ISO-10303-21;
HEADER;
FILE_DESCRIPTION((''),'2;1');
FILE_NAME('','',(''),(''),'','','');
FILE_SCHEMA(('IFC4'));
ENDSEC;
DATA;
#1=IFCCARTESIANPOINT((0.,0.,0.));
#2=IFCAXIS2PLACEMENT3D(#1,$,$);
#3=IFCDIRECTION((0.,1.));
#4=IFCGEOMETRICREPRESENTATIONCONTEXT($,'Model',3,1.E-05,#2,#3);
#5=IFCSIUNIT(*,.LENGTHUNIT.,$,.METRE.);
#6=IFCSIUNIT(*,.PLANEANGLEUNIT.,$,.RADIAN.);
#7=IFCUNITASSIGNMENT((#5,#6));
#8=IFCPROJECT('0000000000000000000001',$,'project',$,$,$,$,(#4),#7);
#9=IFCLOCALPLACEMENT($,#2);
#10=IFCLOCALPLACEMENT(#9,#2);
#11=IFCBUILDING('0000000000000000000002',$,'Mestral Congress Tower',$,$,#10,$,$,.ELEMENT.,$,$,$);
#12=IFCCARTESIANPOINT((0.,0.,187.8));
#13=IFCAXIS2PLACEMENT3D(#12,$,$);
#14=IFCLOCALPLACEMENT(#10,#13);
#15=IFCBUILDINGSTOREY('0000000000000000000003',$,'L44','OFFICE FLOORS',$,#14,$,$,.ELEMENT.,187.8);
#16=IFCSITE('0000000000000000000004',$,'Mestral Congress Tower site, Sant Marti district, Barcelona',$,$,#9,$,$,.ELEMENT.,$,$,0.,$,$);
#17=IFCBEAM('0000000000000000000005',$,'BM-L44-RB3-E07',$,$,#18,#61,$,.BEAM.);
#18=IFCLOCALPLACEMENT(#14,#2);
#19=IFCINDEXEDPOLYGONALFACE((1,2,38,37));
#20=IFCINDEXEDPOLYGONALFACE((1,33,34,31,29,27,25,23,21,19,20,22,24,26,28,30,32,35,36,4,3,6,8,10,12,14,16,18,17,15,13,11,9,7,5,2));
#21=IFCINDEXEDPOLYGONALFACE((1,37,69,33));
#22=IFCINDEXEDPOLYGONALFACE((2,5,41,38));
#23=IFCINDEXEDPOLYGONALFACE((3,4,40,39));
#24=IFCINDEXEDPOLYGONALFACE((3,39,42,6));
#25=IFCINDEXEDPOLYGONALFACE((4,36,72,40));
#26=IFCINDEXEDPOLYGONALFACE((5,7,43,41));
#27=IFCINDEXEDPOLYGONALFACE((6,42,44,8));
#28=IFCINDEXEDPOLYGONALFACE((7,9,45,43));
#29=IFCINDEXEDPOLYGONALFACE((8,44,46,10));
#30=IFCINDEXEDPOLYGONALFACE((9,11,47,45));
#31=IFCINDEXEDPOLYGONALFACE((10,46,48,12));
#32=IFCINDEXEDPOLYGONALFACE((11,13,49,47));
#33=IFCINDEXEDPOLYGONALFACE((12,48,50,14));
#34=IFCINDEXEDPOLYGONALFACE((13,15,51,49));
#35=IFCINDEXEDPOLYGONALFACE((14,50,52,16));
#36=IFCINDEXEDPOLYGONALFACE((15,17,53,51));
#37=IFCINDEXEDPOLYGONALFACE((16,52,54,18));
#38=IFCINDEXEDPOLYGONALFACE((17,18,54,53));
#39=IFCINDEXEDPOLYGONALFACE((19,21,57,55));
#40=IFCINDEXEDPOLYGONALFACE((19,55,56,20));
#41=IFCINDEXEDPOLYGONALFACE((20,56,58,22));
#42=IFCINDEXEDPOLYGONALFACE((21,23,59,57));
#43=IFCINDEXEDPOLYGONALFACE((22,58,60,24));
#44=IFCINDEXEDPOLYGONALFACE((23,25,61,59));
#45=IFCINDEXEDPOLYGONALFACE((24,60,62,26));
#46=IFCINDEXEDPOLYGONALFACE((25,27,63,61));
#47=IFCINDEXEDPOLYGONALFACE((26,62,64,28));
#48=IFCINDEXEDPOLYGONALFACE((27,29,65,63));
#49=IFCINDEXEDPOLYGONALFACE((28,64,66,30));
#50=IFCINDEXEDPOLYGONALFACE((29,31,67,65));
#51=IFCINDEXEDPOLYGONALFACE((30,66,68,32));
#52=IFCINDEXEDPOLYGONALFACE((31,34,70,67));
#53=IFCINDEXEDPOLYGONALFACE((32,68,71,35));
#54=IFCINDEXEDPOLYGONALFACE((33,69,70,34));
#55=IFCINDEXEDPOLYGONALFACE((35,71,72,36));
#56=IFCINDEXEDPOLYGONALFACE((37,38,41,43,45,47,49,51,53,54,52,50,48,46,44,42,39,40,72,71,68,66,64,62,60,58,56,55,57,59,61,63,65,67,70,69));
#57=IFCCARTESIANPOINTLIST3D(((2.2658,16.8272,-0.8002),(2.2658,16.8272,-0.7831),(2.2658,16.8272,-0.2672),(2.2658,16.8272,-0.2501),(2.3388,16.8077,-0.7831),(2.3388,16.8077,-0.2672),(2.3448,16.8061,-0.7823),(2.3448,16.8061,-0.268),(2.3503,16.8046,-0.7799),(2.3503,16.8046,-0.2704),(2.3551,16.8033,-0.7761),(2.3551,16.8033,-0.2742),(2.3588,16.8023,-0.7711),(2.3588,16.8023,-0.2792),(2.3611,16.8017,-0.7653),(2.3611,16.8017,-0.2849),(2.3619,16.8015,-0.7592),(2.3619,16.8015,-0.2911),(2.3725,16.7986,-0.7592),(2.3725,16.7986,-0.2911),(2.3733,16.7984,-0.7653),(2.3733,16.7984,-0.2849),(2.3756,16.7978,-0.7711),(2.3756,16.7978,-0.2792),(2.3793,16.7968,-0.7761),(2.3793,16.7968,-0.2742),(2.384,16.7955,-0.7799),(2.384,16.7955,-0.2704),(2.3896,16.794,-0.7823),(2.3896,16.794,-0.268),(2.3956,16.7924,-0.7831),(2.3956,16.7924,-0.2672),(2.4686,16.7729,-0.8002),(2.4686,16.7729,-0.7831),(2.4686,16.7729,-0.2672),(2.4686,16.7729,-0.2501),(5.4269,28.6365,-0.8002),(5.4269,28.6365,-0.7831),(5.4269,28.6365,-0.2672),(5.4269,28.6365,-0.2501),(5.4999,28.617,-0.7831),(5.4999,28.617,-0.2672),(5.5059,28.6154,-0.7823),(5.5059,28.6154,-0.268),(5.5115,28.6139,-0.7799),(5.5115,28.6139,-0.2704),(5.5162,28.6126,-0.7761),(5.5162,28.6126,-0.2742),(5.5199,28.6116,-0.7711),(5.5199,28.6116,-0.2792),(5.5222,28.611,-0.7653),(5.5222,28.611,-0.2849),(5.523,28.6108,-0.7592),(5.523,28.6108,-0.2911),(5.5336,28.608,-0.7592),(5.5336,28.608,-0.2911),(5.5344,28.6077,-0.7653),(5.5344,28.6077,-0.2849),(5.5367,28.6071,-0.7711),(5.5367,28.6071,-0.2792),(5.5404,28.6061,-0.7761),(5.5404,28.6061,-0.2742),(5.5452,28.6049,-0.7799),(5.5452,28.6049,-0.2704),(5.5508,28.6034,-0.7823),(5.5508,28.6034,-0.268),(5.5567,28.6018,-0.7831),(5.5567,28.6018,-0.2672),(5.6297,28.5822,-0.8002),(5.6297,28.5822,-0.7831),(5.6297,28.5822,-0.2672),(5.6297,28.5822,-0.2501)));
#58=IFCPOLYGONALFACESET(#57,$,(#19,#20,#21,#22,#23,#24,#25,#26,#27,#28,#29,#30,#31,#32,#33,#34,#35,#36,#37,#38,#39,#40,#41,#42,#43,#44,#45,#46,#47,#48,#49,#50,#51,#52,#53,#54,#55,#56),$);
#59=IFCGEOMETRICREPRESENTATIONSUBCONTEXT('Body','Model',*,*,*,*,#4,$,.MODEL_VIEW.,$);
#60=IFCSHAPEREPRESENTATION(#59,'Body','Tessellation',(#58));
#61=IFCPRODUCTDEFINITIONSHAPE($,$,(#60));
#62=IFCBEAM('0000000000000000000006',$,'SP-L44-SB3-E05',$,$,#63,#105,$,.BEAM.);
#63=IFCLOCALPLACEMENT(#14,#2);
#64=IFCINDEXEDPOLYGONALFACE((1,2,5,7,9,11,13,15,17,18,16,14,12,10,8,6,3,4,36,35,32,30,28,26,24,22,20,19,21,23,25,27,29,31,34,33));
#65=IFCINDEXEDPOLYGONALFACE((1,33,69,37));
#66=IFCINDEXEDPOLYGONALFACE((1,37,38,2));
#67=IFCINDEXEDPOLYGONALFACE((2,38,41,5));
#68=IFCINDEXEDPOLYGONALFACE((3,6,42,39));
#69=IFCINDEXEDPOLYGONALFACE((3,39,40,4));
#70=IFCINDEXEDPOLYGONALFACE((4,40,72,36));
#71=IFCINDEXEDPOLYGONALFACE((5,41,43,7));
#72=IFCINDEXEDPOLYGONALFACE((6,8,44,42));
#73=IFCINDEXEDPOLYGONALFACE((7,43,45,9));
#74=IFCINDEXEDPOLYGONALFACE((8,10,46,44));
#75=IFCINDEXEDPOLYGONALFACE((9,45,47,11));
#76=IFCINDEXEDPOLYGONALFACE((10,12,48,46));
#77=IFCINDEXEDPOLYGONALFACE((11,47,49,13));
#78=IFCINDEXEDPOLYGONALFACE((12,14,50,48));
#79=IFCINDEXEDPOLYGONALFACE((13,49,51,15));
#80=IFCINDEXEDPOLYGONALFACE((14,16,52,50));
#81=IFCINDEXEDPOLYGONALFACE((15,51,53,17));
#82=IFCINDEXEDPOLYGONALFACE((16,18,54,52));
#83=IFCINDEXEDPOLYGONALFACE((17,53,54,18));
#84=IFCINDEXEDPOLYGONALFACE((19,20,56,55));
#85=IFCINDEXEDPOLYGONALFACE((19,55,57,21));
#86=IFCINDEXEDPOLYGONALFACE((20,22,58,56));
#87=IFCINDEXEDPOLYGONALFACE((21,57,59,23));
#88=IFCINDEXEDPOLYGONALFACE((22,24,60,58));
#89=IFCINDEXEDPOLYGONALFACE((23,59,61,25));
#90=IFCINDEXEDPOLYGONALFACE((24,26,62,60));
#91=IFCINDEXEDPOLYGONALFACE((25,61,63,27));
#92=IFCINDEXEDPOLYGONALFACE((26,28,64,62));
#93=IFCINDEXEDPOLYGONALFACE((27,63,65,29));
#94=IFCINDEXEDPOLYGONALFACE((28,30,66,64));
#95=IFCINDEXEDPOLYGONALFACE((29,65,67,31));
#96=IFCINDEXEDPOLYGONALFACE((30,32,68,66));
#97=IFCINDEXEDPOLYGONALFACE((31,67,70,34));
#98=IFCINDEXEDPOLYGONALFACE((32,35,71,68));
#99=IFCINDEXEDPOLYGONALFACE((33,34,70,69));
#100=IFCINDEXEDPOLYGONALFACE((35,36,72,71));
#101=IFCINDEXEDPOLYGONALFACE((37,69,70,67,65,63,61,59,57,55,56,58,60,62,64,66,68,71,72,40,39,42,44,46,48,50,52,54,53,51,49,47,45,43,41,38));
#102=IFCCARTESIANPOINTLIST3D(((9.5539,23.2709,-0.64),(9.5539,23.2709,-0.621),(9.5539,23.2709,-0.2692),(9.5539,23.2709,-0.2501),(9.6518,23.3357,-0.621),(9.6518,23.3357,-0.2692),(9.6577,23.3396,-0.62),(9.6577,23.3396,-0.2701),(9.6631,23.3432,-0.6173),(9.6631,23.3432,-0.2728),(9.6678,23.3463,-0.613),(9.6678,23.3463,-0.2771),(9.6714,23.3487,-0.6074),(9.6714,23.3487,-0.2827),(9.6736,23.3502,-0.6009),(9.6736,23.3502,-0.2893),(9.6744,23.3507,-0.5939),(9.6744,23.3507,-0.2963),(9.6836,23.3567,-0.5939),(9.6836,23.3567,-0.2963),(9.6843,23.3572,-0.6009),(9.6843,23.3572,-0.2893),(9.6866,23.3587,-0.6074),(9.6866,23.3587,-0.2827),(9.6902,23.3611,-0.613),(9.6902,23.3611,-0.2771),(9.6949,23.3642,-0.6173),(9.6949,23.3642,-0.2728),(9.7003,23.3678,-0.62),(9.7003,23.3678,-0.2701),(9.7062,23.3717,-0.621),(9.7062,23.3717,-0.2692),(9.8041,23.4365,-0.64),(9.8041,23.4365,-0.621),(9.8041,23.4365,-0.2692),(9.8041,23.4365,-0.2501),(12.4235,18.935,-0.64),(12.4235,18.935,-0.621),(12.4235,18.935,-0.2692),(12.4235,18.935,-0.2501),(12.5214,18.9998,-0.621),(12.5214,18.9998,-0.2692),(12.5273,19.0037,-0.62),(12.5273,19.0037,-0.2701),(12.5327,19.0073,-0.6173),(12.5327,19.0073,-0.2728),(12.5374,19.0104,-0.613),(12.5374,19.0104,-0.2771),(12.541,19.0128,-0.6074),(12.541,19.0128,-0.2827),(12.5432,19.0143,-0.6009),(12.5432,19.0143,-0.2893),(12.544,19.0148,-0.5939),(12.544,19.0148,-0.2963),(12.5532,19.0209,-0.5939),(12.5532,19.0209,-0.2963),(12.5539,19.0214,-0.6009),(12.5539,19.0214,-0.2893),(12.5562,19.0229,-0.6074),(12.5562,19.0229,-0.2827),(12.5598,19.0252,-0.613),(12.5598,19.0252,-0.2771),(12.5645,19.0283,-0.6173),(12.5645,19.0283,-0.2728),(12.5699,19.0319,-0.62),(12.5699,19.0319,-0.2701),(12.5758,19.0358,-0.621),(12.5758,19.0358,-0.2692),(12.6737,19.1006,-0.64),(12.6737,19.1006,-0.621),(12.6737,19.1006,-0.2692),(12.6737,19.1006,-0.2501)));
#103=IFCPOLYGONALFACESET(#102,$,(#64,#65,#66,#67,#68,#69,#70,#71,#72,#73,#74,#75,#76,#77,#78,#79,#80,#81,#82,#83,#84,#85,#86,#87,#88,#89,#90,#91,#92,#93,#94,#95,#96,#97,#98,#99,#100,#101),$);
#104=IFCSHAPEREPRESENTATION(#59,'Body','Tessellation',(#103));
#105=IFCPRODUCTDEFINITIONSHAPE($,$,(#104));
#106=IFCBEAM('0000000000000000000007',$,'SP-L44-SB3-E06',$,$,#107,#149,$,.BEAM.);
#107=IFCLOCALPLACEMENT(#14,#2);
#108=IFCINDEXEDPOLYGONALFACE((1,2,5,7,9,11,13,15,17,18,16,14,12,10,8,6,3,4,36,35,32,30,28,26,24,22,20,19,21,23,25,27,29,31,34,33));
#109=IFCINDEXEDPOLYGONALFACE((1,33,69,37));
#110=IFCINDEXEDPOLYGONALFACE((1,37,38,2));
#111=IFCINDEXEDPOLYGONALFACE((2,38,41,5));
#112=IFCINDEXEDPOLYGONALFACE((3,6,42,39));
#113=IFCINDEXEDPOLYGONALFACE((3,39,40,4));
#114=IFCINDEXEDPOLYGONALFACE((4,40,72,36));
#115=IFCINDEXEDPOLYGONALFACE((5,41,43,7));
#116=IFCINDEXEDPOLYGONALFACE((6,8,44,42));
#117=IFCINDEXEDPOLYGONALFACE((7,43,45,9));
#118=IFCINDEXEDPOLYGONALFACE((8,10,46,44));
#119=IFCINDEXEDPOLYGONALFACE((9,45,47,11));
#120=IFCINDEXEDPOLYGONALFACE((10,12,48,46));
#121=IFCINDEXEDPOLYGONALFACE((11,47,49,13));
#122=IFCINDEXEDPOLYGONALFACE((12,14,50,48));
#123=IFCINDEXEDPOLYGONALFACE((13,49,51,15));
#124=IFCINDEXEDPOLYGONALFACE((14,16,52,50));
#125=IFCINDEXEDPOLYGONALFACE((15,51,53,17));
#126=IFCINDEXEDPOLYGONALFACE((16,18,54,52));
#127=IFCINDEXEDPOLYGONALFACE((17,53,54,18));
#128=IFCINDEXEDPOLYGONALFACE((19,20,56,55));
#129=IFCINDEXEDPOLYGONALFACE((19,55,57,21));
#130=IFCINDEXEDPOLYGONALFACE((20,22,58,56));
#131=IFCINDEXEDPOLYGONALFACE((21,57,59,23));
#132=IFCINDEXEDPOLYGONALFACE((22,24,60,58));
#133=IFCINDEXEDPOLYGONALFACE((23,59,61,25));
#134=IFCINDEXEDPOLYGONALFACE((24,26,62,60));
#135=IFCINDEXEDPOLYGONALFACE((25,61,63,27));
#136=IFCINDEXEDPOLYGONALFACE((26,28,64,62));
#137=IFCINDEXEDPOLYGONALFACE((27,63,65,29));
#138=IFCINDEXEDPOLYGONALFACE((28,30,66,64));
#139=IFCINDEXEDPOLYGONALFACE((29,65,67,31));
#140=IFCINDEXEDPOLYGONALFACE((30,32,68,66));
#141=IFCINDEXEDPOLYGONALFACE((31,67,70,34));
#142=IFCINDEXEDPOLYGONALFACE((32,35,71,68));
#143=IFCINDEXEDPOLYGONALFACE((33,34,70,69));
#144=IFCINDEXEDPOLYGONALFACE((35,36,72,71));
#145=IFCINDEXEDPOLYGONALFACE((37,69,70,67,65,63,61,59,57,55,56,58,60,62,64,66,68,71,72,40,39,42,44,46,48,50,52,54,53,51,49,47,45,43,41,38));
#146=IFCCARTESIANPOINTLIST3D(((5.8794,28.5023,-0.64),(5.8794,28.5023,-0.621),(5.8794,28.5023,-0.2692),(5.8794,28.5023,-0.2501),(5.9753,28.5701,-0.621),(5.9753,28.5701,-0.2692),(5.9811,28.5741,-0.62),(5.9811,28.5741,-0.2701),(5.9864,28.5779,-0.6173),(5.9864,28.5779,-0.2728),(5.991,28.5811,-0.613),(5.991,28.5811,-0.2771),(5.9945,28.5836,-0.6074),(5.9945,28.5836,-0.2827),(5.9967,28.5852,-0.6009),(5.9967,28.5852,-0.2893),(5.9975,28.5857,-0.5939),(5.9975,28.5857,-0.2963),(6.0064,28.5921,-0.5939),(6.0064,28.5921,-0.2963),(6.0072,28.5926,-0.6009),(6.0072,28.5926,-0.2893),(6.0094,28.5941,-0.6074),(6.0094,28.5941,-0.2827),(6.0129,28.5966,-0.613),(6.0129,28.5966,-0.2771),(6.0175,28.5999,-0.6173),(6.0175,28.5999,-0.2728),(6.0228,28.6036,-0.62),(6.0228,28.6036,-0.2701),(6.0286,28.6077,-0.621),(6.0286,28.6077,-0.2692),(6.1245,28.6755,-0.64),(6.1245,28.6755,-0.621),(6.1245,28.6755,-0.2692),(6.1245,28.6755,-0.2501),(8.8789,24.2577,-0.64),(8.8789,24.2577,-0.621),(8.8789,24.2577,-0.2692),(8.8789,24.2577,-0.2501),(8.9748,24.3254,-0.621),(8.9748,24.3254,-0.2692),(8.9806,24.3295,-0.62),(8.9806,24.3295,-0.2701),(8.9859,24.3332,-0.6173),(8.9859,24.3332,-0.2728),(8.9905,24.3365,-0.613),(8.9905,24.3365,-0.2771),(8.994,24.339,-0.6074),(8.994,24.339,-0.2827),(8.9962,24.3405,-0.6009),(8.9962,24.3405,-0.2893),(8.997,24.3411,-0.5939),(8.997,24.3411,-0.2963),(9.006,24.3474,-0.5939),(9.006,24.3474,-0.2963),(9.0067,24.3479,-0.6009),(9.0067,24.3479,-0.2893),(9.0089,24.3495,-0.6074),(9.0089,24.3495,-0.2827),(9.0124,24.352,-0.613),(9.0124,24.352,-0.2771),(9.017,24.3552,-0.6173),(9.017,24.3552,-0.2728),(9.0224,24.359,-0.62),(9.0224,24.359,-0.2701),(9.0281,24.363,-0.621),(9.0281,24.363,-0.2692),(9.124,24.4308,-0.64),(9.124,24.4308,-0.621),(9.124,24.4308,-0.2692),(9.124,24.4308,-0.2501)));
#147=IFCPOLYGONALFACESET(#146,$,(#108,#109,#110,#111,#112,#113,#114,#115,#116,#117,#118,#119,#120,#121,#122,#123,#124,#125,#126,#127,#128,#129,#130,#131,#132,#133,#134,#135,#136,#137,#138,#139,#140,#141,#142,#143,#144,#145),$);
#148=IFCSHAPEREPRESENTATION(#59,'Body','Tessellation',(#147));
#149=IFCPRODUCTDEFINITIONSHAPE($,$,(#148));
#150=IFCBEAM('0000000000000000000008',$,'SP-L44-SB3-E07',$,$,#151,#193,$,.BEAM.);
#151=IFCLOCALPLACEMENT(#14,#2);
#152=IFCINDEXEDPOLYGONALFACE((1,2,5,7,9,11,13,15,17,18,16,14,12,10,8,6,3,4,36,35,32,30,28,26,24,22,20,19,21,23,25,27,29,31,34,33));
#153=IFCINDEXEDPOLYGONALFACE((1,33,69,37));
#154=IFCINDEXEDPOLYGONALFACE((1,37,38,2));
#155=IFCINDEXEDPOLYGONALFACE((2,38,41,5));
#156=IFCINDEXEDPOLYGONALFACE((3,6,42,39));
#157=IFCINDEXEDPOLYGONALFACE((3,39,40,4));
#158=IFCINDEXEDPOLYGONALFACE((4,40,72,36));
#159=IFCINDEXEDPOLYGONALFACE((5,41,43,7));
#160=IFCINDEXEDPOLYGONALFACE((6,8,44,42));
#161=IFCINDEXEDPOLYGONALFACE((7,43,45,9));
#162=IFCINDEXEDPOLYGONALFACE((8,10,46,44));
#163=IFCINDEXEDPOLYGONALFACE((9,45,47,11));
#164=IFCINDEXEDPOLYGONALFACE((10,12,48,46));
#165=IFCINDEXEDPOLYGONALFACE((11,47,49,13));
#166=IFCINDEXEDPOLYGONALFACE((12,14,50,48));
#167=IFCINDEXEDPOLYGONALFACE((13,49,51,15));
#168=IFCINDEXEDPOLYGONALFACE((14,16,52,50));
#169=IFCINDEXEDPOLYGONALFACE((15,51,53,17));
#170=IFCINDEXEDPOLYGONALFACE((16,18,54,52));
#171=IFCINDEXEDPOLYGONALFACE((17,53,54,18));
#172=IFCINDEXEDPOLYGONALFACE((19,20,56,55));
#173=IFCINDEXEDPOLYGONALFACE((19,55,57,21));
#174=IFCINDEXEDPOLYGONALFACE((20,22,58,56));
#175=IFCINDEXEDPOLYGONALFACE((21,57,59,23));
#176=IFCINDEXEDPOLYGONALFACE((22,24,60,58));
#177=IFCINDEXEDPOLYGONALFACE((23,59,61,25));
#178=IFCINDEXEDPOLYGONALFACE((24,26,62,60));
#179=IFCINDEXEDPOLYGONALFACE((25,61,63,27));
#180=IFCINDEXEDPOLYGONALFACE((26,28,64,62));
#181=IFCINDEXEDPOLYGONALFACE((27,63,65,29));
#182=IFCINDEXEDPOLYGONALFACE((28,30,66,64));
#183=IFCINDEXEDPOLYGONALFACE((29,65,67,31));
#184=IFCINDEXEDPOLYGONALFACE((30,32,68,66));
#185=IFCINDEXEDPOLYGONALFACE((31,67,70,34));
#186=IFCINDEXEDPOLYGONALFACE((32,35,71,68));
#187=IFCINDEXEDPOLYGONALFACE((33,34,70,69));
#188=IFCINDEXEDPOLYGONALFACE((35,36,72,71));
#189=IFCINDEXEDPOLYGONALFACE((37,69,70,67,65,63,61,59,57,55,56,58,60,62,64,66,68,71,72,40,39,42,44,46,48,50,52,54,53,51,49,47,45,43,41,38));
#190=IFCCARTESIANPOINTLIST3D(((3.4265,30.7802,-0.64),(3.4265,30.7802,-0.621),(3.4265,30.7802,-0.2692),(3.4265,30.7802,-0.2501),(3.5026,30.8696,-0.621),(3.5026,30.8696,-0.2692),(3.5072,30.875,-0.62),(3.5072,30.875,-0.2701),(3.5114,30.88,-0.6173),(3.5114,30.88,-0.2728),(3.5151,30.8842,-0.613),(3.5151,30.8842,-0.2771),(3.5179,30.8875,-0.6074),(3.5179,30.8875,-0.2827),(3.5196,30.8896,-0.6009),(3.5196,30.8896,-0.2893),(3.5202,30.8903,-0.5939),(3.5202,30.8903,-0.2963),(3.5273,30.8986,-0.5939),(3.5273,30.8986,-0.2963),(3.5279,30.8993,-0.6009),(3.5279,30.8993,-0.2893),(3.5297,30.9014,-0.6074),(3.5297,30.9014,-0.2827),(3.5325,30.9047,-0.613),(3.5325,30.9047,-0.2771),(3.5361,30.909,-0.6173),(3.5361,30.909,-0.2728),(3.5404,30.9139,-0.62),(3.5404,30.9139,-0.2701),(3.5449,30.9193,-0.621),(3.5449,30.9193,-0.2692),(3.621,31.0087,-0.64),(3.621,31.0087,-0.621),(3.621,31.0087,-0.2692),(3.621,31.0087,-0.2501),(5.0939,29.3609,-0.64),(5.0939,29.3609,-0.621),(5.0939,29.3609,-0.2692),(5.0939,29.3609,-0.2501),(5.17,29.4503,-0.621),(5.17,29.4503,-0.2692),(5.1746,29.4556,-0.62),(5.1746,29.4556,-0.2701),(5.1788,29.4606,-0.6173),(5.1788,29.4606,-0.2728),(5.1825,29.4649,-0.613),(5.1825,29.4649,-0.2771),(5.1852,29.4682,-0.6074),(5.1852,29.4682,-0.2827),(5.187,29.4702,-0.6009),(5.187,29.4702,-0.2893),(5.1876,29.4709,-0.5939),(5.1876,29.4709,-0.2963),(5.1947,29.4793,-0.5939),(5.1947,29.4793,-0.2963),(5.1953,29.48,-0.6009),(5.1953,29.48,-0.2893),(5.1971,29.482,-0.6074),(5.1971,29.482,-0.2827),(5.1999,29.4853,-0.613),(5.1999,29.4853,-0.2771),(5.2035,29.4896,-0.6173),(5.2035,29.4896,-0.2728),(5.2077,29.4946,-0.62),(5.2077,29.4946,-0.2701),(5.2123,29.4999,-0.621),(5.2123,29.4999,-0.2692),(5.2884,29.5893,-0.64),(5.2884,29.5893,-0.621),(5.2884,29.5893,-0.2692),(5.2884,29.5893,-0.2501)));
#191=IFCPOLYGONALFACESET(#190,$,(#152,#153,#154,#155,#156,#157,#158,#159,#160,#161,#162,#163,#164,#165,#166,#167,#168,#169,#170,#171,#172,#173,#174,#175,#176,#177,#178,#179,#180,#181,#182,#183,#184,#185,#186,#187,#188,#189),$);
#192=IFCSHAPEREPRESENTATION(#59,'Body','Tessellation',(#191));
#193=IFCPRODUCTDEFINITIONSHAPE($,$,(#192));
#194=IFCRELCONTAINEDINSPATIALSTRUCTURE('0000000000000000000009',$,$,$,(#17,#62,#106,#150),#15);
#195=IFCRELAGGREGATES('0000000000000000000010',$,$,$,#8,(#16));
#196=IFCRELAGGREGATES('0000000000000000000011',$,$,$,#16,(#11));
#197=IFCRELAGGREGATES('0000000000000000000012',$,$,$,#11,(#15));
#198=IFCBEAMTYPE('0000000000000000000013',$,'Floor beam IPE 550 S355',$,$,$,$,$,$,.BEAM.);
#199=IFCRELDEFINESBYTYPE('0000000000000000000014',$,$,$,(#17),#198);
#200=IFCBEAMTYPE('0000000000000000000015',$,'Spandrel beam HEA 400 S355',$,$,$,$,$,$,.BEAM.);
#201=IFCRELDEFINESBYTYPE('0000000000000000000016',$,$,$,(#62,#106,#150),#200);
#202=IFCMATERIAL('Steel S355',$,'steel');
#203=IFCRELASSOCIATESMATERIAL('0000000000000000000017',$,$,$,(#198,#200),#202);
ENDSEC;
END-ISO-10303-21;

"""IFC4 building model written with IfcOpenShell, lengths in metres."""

from ifc_helpers import new_model, si_unit, direction, frame, origin, origin_2d, place, context, subcontext, project, spatial, i_section, extrude, material, material_profile, profile_set, type_object, element, save


model = new_model("IFC4")

# Units and contexts
model_context = context("Model", 3, precision=1e-05, world=origin(), true_north=direction((0.0, 1.0)))
body_context = subcontext(model_context, "Body", "Model", "MODEL_VIEW")
ifc_project = project(units=[si_unit("LENGTHUNIT", "METRE"), si_unit("PLANEANGLEUNIT", "RADIAN")], contexts=[model_context])

# Site, building, storey
site_placement = place(None, origin())
site = spatial("IfcSite", under=ifc_project, at=site_placement, Name="Mestral Congress Tower site, Sant Marti district, Barcelona", CompositionType="ELEMENT", RefElevation=0.0)
building_placement = place(site_placement, origin())
building = spatial("IfcBuilding", under=site, at=building_placement, Name="Mestral Congress Tower", CompositionType="ELEMENT")
storey_placement = place(building_placement, frame((0.0, 0.0, 187.8)))
storey = spatial("IfcBuildingStorey", under=building, at=storey_placement, Name="L44", Description="OFFICE FLOORS", CompositionType="ELEMENT", Elevation=187.8)

# Beams
ifc_material_1 = material(Name="Steel S355", Category="steel")
ifc_material_profile_1 = material_profile(ifc_material_1, i_section(OverallWidth=0.21, OverallDepth=0.55, WebThickness=0.011, FlangeThickness=0.0171, FilletRadius=0.0239, at=origin_2d()), Name="IPE 550")
ifc_profile_set_1 = profile_set([ifc_material_profile_1], Name="Steel S355")
beam_type_1 = type_object("IfcBeamType", Name="Floor beam IPE 550 S355", PredefinedType="BEAM", material=ifc_profile_set_1)
beam_1_placement = place(storey_placement, frame((5.5283, 28.6094, -0.5251), z_axis=(-0.258577, -0.965991, 0.0), x_axis=(0.965991, -0.258577, 0.0)))
element("IfcBeam", 1, at=beam_1_placement, inside=storey, type_object=beam_type_1, Name="BM-L44-RB3-E07", PredefinedType="BEAM", context=body_context, shape_type="SweptSolid", body=[
    extrude(i_section(OverallWidth=0.21, OverallDepth=0.55, WebThickness=0.011, FlangeThickness=0.0171, FilletRadius=0.0239, at=origin_2d()), origin(), (0.0, 0.0, 1.0), 12.2251),
])
ifc_material_profile_2 = material_profile(ifc_material_1, i_section(OverallWidth=0.3, OverallDepth=0.3899, WebThickness=0.011, FlangeThickness=0.019, FilletRadius=0.0271, at=origin_2d()), Name="HEA 400")
ifc_profile_set_2 = profile_set([ifc_material_profile_2], Name="Steel S355")
beam_type_2 = type_object("IfcBeamType", Name="Spandrel beam HEA 400 S355", PredefinedType="BEAM", material=ifc_profile_set_2)
beam_2_placement = place(storey_placement, frame((12.5486, 19.0178, -0.4451), z_axis=(-0.551901, 0.833909, 0.0), x_axis=(-0.833909, -0.551901, 0.0)))
element("IfcBeam", 2, at=beam_2_placement, inside=storey, type_object=beam_type_2, Name="SP-L44-SB3-E05", PredefinedType="BEAM", context=body_context, shape_type="SweptSolid", body=[
    extrude(i_section(OverallWidth=0.3, OverallDepth=0.3899, WebThickness=0.011, FlangeThickness=0.019, FilletRadius=0.0271, at=origin_2d()), origin(), (0.0, 0.0, 1.0), 5.1995),
])
beam_3_placement = place(storey_placement, frame((9.0015, 24.3442, -0.4451), z_axis=(-0.577107, 0.816668, 0.0), x_axis=(-0.816668, -0.577107, 0.0)))
element("IfcBeam", 3, at=beam_3_placement, inside=storey, type_object=beam_type_2, Name="SP-L44-SB3-E06", PredefinedType="BEAM", context=body_context, shape_type="SweptSolid", body=[
    extrude(i_section(OverallWidth=0.3, OverallDepth=0.3899, WebThickness=0.011, FlangeThickness=0.019, FilletRadius=0.0271, at=origin_2d()), origin(), (0.0, 0.0, 1.0), 5.1975),
])
beam_4_placement = place(storey_placement, frame((5.1912, 29.4751, -0.4451), z_axis=(-0.761471, 0.648198, 0.0), x_axis=(-0.648198, -0.761471, 0.0)))
element("IfcBeam", 4, at=beam_4_placement, inside=storey, type_object=beam_type_2, Name="SP-L44-SB3-E07", PredefinedType="BEAM", context=body_context, shape_type="SweptSolid", body=[
    extrude(i_section(OverallWidth=0.3, OverallDepth=0.3899, WebThickness=0.011, FlangeThickness=0.019, FilletRadius=0.0271, at=origin_2d()), origin(), (0.0, 0.0, 1.0), 2.1897),
])

save(model, "model.ifc")
